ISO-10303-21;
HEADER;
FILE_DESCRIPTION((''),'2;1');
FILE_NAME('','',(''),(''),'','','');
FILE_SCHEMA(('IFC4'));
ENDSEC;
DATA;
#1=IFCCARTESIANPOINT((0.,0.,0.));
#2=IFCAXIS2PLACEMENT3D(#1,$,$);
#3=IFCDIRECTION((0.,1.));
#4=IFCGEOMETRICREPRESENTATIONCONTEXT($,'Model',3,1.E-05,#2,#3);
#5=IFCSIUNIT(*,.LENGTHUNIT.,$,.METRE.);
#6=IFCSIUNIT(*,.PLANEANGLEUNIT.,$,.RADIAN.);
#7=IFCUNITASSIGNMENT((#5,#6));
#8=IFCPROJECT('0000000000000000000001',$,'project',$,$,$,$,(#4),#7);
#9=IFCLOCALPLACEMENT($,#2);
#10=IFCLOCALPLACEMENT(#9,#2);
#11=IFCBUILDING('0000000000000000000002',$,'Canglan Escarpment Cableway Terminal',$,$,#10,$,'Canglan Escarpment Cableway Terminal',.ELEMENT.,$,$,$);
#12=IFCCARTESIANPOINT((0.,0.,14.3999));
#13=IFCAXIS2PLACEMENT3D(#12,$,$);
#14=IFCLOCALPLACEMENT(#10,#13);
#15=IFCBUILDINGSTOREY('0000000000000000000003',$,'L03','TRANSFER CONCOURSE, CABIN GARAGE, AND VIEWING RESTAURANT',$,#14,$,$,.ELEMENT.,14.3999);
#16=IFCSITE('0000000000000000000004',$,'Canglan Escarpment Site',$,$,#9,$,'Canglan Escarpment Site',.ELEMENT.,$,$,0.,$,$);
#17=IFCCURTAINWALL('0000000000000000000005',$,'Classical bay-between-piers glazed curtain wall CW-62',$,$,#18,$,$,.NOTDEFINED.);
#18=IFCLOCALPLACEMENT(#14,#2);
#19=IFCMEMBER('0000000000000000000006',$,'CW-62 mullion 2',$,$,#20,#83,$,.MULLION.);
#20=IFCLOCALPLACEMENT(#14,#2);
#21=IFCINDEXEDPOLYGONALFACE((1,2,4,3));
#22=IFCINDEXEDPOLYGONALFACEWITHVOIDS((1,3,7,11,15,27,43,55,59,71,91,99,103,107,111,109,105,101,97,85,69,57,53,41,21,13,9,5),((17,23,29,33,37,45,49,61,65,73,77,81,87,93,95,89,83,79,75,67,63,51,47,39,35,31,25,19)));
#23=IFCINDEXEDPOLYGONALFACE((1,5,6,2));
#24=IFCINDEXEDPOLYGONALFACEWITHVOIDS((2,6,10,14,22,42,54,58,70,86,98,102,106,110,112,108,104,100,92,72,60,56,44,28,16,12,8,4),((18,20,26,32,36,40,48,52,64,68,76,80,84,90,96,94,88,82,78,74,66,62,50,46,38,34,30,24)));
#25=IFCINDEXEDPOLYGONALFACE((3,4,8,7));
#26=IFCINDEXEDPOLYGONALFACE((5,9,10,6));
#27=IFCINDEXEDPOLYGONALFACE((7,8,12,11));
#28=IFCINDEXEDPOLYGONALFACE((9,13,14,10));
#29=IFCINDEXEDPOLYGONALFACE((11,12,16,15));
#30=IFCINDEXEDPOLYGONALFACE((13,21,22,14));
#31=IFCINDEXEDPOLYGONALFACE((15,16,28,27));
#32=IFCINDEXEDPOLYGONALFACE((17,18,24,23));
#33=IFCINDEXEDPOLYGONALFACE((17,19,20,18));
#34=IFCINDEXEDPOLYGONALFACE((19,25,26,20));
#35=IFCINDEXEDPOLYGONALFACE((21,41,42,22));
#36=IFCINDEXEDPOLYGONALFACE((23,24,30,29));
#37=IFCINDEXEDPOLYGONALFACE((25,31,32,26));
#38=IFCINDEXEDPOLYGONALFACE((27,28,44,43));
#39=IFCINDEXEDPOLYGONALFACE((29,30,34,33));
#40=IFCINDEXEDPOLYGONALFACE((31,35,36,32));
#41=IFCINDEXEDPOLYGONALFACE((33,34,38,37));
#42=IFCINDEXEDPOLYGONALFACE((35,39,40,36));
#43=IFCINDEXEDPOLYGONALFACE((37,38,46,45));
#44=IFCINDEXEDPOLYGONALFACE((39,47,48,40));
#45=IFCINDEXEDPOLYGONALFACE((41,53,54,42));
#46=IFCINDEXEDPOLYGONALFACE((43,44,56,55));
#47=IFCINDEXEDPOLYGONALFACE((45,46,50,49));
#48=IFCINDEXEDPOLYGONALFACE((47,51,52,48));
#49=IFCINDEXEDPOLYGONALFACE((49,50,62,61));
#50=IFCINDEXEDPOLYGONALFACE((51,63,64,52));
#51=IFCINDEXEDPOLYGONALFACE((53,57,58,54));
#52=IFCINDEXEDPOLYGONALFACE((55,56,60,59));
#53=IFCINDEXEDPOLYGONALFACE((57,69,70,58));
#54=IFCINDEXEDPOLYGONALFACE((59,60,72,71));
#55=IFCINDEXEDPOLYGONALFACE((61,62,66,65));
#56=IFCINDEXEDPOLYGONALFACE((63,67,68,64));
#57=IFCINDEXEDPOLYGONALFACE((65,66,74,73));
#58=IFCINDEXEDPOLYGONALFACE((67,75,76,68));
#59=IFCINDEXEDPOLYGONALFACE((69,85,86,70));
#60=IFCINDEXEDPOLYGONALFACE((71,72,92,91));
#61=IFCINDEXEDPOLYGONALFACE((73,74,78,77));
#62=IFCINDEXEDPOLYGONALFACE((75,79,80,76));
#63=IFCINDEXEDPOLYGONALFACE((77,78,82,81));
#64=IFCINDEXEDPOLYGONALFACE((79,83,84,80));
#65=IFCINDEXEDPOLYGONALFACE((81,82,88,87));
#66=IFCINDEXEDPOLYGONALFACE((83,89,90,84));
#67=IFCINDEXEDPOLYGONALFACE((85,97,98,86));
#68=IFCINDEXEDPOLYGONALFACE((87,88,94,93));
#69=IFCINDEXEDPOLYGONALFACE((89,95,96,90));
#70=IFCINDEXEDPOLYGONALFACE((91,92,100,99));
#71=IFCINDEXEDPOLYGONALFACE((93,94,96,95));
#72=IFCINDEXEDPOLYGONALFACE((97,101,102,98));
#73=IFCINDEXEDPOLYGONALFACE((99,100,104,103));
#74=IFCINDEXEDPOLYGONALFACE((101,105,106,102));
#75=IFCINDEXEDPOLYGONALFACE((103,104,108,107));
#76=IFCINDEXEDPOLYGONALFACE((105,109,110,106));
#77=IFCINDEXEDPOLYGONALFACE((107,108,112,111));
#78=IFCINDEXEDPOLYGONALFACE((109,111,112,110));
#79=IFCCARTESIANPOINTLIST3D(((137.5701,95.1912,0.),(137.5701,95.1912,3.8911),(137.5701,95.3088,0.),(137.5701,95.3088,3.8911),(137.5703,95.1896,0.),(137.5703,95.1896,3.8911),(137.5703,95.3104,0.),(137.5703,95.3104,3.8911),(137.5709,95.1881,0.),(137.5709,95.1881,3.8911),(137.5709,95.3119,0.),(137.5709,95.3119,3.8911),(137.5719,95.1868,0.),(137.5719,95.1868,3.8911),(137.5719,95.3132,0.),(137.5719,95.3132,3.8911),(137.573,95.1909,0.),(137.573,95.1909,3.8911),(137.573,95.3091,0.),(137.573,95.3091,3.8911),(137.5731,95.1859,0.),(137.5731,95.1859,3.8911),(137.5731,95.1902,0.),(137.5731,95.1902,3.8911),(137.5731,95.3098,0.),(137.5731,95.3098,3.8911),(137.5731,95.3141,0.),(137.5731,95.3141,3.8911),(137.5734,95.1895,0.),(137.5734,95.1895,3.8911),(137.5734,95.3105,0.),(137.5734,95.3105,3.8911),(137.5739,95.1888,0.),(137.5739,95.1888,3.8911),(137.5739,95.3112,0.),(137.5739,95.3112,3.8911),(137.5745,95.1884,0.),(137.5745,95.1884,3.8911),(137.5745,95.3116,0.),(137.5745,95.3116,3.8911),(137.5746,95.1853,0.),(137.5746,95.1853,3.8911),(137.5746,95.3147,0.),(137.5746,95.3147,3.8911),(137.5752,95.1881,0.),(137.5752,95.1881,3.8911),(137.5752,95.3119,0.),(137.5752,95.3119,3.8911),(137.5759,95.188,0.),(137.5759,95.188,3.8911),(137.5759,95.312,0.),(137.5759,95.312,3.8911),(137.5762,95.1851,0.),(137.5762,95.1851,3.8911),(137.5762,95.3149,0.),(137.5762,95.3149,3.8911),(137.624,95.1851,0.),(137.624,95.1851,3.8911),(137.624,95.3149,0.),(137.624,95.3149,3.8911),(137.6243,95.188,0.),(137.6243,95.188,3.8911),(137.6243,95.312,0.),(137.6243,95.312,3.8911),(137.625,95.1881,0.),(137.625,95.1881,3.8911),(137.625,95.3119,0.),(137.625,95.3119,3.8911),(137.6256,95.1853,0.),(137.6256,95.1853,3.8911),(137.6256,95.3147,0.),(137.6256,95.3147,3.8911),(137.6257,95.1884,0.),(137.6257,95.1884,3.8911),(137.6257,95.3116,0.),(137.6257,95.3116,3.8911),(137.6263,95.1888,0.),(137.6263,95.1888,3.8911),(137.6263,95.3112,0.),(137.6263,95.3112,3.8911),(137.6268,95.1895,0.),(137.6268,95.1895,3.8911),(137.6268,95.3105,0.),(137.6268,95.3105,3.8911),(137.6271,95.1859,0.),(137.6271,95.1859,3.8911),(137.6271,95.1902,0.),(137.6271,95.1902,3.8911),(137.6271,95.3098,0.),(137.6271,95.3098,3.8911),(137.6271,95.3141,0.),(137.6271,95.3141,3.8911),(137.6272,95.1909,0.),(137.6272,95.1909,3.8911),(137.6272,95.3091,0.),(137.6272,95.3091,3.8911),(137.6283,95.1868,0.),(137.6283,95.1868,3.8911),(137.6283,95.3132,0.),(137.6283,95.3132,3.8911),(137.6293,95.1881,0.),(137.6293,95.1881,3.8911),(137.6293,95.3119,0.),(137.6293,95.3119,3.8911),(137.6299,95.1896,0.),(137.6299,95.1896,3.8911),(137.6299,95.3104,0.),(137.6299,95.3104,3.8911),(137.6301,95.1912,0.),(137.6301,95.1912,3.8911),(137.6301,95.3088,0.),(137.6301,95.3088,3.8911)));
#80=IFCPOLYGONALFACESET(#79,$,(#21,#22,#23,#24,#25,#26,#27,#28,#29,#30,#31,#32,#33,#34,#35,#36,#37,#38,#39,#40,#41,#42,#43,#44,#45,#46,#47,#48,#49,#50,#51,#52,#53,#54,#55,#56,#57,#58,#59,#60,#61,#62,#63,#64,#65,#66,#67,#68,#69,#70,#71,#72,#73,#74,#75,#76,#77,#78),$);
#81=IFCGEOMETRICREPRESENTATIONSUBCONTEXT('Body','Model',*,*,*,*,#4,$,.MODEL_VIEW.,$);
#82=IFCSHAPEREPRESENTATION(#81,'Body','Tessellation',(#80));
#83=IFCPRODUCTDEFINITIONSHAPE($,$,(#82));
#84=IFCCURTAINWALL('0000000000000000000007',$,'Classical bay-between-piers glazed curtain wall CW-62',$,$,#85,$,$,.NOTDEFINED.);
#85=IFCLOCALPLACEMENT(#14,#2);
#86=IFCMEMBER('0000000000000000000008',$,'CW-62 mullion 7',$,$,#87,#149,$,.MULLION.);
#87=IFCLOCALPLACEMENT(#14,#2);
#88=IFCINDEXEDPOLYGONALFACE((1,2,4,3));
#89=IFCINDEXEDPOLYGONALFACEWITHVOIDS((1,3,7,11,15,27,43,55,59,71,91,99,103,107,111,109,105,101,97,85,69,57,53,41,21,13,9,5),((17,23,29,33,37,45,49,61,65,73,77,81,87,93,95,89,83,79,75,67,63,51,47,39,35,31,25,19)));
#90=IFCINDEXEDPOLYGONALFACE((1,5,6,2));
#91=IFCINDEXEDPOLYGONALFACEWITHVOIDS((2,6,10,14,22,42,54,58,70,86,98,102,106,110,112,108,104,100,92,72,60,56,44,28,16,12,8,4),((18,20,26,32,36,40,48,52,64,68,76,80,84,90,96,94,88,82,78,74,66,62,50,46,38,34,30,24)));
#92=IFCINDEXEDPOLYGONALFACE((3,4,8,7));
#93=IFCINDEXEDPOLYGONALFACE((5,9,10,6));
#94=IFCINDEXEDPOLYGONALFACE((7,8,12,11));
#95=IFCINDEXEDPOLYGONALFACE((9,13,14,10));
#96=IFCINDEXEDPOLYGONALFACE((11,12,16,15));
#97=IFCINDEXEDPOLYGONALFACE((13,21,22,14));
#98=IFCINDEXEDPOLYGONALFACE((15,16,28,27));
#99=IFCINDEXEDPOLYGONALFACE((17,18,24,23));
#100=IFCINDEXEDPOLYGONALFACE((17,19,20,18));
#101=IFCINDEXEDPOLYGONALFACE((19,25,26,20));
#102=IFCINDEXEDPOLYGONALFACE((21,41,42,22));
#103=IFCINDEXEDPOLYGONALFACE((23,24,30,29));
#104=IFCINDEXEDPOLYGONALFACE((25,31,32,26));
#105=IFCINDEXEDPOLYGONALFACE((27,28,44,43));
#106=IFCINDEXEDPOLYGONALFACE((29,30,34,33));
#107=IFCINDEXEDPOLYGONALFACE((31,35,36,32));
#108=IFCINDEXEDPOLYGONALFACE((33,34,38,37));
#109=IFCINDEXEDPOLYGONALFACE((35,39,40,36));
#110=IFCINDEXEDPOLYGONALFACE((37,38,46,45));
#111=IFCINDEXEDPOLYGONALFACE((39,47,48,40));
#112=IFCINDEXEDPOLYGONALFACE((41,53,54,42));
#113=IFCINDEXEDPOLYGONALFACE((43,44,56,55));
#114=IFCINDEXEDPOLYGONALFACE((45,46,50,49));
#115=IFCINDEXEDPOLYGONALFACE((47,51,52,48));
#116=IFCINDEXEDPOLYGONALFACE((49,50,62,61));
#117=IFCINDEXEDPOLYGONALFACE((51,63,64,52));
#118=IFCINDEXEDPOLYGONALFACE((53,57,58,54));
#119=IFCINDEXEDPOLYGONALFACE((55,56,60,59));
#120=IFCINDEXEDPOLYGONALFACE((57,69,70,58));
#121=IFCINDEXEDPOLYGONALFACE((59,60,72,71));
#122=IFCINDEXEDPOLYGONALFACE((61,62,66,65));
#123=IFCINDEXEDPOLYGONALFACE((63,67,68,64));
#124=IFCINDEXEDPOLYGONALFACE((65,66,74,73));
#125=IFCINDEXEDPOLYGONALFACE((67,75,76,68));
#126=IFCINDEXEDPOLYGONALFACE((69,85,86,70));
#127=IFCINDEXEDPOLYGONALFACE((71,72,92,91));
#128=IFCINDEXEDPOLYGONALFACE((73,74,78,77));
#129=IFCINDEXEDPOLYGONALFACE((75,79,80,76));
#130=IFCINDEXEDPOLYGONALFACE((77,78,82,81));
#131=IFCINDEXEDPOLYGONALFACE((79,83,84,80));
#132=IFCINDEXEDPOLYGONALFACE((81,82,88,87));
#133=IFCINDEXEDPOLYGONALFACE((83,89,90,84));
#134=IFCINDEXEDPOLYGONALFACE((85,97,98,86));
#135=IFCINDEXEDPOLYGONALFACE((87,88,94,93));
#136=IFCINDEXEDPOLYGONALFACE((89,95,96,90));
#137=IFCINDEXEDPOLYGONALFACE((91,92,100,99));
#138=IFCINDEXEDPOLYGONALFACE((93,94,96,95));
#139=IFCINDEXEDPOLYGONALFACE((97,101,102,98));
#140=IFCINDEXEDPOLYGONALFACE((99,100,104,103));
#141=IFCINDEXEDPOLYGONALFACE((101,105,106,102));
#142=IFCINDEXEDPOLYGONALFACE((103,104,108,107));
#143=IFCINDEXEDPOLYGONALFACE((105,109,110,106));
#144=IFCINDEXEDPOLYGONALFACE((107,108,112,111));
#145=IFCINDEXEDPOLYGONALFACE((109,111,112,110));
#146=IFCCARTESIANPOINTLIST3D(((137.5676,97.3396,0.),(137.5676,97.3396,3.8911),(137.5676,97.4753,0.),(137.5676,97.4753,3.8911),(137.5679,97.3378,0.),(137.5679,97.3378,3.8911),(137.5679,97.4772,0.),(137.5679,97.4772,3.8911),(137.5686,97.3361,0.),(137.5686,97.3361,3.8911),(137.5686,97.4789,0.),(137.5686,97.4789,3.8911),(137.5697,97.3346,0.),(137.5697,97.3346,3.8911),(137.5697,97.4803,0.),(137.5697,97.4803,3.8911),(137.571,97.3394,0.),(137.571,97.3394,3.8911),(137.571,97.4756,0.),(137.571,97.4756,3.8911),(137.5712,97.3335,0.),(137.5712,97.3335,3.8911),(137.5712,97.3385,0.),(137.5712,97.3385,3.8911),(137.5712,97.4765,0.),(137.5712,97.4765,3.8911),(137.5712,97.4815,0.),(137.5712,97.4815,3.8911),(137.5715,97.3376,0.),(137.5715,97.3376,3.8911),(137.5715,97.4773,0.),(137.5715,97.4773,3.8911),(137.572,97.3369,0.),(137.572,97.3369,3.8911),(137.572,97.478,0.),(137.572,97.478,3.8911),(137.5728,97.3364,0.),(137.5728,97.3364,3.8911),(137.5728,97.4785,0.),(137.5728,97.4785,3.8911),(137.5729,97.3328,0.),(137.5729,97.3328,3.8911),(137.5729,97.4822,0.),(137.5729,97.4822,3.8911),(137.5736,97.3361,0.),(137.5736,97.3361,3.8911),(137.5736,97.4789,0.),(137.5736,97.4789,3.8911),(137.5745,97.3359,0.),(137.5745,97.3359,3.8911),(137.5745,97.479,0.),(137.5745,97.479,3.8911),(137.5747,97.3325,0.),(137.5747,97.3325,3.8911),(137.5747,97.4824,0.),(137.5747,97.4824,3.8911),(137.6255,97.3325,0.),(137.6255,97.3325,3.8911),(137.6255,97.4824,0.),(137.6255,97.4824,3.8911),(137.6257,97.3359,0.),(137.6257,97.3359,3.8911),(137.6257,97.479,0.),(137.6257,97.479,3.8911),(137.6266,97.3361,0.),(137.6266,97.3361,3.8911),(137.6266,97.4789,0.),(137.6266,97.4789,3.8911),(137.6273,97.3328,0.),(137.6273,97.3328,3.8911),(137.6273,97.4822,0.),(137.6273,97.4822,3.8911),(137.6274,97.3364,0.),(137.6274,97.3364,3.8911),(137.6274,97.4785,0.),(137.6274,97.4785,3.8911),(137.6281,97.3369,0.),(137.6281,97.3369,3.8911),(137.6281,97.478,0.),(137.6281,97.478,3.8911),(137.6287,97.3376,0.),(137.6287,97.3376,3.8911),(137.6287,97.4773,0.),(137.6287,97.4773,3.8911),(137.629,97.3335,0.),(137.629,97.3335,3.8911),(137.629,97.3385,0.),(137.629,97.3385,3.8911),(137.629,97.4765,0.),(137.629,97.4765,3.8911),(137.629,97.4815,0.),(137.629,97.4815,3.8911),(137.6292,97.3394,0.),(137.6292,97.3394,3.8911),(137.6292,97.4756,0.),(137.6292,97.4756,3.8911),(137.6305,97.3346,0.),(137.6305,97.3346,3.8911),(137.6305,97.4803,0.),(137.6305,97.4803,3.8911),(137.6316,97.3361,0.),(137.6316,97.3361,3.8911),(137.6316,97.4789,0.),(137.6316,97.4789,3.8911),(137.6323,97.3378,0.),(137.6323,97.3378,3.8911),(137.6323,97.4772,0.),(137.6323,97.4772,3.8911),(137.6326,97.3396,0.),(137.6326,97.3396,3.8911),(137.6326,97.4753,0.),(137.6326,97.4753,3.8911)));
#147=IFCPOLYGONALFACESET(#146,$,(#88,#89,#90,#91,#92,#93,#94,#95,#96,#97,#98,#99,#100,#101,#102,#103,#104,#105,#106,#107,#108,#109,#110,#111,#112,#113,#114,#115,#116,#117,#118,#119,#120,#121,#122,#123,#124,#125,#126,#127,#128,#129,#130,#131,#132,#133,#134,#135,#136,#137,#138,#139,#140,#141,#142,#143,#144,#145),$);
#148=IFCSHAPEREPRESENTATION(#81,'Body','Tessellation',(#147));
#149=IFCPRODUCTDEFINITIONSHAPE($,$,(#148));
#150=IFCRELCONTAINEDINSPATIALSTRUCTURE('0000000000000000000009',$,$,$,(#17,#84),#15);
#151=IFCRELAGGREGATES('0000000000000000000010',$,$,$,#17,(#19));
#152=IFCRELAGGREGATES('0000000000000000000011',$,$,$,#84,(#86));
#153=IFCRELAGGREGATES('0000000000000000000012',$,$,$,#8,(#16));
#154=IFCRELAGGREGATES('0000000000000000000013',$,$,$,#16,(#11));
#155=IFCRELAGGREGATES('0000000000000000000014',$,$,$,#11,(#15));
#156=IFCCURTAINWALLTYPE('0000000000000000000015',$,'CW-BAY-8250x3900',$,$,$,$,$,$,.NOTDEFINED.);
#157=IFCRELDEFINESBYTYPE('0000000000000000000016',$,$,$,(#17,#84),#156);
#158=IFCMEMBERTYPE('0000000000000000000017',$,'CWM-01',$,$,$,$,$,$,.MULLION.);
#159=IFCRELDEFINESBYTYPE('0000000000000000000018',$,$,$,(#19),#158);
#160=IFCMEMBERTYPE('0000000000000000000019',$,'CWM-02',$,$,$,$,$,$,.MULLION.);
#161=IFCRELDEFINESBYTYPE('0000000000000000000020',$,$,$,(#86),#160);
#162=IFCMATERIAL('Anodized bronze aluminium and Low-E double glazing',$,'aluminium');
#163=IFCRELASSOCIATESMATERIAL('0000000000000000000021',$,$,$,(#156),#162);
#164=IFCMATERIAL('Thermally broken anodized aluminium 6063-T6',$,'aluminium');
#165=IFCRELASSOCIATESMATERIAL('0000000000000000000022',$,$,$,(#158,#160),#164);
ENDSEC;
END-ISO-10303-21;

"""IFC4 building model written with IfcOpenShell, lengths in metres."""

from ifc_helpers import new_model, si_unit, direction, frame, origin, origin_2d, place, context, subcontext, project, spatial, hollow_rectangle, extrude, material, material_profile, profile_set, type_object, element, aggregate, save


model = new_model("IFC4")

# Units and contexts
model_context = context("Model", 3, precision=1e-05, world=origin(), true_north=direction((0.0, 1.0)))
body_context = subcontext(model_context, "Body", "Model", "MODEL_VIEW")
ifc_project = project(units=[si_unit("LENGTHUNIT", "METRE"), si_unit("PLANEANGLEUNIT", "RADIAN")], contexts=[model_context])

# Site, building, storey
site_placement = place(None, origin())
site = spatial("IfcSite", under=ifc_project, at=site_placement, Name="Canglan Escarpment Site", LongName="Canglan Escarpment Site", CompositionType="ELEMENT", RefElevation=0.0)
building_placement = place(site_placement, origin())
building = spatial("IfcBuilding", under=site, at=building_placement, Name="Canglan Escarpment Cableway Terminal", LongName="Canglan Escarpment Cableway Terminal", CompositionType="ELEMENT")
storey_placement = place(building_placement, frame((0.0, 0.0, 14.3999)))
storey = spatial("IfcBuildingStorey", under=building, at=storey_placement, Name="L03", Description="TRANSFER CONCOURSE, CABIN GARAGE, AND VIEWING RESTAURANT", CompositionType="ELEMENT", Elevation=14.3999)

# Curtain wall, member
ifc_material_1 = material(Name="Anodized bronze aluminium and Low-E double glazing", Category="aluminium")
curtain_wall_type = type_object("IfcCurtainWallType", Name="CW-BAY-8250x3900", PredefinedType="NOTDEFINED", material=ifc_material_1)
curtain_wall_1_placement = place(storey_placement, origin())
curtain_wall_1 = element("IfcCurtainWall", 1, at=curtain_wall_1_placement, inside=storey, type_object=curtain_wall_type, Name="Classical bay-between-piers glazed curtain wall CW-62", PredefinedType="NOTDEFINED")
ifc_material_2 = material(Name="Thermally broken anodized aluminium 6063-T6", Category="aluminium")
ifc_material_profile_1 = material_profile(ifc_material_2, hollow_rectangle(XDim=0.0601, YDim=0.1299, WallThickness=0.0029, InnerFilletRadius=0.0029, OuterFilletRadius=0.0061, at=origin_2d()), Name="ALU-MULL 60x130x3")
ifc_profile_set_1 = profile_set([ifc_material_profile_1], Name="Thermally broken anodized aluminium 6063-T6")
member_type_1 = type_object("IfcMemberType", Name="CWM-01", PredefinedType="MULLION", material=ifc_profile_set_1)
member_1_placement = place(storey_placement, frame((137.6001, 95.25, 0.0), z_axis=(0.0, 0.0, 1.0), x_axis=(1.0, 0.0, 0.0)))
member_1 = element("IfcMember", 2, at=member_1_placement, type_object=member_type_1, Name="CW-62 mullion 2", PredefinedType="MULLION", context=body_context, shape_type="SweptSolid", body=[
    extrude(hollow_rectangle(XDim=0.0601, YDim=0.1299, WallThickness=0.0029, InnerFilletRadius=0.0029, OuterFilletRadius=0.0061, at=origin_2d()), origin(), (0.0, 0.0, 1.0), 3.8911),
])

# Curtain wall, member
curtain_wall_2_placement = place(storey_placement, origin())
curtain_wall_2 = element("IfcCurtainWall", 3, at=curtain_wall_2_placement, inside=storey, type_object=curtain_wall_type, Name="Classical bay-between-piers glazed curtain wall CW-62", PredefinedType="NOTDEFINED")
ifc_material_profile_2 = material_profile(ifc_material_2, hollow_rectangle(XDim=0.0649, YDim=0.1499, WallThickness=0.0034, InnerFilletRadius=0.0034, OuterFilletRadius=0.0071, at=origin_2d()), Name="ALU-MULL 65x150x3.5")
ifc_profile_set_2 = profile_set([ifc_material_profile_2], Name="Thermally broken anodized aluminium 6063-T6")
member_type_2 = type_object("IfcMemberType", Name="CWM-02", PredefinedType="MULLION", material=ifc_profile_set_2)
member_2_placement = place(storey_placement, frame((137.6001, 97.4075, 0.0), z_axis=(0.0, 0.0, 1.0), x_axis=(1.0, 0.0, 0.0)))
member_2 = element("IfcMember", 4, at=member_2_placement, type_object=member_type_2, Name="CW-62 mullion 7", PredefinedType="MULLION", context=body_context, shape_type="SweptSolid", body=[
    extrude(hollow_rectangle(XDim=0.0649, YDim=0.1499, WallThickness=0.0034, InnerFilletRadius=0.0034, OuterFilletRadius=0.0071, at=origin_2d()), origin(), (0.0, 0.0, 1.0), 3.8911),
])

aggregate(curtain_wall_1, [member_1])
aggregate(curtain_wall_2, [member_2])

save(model, "model.ifc")
